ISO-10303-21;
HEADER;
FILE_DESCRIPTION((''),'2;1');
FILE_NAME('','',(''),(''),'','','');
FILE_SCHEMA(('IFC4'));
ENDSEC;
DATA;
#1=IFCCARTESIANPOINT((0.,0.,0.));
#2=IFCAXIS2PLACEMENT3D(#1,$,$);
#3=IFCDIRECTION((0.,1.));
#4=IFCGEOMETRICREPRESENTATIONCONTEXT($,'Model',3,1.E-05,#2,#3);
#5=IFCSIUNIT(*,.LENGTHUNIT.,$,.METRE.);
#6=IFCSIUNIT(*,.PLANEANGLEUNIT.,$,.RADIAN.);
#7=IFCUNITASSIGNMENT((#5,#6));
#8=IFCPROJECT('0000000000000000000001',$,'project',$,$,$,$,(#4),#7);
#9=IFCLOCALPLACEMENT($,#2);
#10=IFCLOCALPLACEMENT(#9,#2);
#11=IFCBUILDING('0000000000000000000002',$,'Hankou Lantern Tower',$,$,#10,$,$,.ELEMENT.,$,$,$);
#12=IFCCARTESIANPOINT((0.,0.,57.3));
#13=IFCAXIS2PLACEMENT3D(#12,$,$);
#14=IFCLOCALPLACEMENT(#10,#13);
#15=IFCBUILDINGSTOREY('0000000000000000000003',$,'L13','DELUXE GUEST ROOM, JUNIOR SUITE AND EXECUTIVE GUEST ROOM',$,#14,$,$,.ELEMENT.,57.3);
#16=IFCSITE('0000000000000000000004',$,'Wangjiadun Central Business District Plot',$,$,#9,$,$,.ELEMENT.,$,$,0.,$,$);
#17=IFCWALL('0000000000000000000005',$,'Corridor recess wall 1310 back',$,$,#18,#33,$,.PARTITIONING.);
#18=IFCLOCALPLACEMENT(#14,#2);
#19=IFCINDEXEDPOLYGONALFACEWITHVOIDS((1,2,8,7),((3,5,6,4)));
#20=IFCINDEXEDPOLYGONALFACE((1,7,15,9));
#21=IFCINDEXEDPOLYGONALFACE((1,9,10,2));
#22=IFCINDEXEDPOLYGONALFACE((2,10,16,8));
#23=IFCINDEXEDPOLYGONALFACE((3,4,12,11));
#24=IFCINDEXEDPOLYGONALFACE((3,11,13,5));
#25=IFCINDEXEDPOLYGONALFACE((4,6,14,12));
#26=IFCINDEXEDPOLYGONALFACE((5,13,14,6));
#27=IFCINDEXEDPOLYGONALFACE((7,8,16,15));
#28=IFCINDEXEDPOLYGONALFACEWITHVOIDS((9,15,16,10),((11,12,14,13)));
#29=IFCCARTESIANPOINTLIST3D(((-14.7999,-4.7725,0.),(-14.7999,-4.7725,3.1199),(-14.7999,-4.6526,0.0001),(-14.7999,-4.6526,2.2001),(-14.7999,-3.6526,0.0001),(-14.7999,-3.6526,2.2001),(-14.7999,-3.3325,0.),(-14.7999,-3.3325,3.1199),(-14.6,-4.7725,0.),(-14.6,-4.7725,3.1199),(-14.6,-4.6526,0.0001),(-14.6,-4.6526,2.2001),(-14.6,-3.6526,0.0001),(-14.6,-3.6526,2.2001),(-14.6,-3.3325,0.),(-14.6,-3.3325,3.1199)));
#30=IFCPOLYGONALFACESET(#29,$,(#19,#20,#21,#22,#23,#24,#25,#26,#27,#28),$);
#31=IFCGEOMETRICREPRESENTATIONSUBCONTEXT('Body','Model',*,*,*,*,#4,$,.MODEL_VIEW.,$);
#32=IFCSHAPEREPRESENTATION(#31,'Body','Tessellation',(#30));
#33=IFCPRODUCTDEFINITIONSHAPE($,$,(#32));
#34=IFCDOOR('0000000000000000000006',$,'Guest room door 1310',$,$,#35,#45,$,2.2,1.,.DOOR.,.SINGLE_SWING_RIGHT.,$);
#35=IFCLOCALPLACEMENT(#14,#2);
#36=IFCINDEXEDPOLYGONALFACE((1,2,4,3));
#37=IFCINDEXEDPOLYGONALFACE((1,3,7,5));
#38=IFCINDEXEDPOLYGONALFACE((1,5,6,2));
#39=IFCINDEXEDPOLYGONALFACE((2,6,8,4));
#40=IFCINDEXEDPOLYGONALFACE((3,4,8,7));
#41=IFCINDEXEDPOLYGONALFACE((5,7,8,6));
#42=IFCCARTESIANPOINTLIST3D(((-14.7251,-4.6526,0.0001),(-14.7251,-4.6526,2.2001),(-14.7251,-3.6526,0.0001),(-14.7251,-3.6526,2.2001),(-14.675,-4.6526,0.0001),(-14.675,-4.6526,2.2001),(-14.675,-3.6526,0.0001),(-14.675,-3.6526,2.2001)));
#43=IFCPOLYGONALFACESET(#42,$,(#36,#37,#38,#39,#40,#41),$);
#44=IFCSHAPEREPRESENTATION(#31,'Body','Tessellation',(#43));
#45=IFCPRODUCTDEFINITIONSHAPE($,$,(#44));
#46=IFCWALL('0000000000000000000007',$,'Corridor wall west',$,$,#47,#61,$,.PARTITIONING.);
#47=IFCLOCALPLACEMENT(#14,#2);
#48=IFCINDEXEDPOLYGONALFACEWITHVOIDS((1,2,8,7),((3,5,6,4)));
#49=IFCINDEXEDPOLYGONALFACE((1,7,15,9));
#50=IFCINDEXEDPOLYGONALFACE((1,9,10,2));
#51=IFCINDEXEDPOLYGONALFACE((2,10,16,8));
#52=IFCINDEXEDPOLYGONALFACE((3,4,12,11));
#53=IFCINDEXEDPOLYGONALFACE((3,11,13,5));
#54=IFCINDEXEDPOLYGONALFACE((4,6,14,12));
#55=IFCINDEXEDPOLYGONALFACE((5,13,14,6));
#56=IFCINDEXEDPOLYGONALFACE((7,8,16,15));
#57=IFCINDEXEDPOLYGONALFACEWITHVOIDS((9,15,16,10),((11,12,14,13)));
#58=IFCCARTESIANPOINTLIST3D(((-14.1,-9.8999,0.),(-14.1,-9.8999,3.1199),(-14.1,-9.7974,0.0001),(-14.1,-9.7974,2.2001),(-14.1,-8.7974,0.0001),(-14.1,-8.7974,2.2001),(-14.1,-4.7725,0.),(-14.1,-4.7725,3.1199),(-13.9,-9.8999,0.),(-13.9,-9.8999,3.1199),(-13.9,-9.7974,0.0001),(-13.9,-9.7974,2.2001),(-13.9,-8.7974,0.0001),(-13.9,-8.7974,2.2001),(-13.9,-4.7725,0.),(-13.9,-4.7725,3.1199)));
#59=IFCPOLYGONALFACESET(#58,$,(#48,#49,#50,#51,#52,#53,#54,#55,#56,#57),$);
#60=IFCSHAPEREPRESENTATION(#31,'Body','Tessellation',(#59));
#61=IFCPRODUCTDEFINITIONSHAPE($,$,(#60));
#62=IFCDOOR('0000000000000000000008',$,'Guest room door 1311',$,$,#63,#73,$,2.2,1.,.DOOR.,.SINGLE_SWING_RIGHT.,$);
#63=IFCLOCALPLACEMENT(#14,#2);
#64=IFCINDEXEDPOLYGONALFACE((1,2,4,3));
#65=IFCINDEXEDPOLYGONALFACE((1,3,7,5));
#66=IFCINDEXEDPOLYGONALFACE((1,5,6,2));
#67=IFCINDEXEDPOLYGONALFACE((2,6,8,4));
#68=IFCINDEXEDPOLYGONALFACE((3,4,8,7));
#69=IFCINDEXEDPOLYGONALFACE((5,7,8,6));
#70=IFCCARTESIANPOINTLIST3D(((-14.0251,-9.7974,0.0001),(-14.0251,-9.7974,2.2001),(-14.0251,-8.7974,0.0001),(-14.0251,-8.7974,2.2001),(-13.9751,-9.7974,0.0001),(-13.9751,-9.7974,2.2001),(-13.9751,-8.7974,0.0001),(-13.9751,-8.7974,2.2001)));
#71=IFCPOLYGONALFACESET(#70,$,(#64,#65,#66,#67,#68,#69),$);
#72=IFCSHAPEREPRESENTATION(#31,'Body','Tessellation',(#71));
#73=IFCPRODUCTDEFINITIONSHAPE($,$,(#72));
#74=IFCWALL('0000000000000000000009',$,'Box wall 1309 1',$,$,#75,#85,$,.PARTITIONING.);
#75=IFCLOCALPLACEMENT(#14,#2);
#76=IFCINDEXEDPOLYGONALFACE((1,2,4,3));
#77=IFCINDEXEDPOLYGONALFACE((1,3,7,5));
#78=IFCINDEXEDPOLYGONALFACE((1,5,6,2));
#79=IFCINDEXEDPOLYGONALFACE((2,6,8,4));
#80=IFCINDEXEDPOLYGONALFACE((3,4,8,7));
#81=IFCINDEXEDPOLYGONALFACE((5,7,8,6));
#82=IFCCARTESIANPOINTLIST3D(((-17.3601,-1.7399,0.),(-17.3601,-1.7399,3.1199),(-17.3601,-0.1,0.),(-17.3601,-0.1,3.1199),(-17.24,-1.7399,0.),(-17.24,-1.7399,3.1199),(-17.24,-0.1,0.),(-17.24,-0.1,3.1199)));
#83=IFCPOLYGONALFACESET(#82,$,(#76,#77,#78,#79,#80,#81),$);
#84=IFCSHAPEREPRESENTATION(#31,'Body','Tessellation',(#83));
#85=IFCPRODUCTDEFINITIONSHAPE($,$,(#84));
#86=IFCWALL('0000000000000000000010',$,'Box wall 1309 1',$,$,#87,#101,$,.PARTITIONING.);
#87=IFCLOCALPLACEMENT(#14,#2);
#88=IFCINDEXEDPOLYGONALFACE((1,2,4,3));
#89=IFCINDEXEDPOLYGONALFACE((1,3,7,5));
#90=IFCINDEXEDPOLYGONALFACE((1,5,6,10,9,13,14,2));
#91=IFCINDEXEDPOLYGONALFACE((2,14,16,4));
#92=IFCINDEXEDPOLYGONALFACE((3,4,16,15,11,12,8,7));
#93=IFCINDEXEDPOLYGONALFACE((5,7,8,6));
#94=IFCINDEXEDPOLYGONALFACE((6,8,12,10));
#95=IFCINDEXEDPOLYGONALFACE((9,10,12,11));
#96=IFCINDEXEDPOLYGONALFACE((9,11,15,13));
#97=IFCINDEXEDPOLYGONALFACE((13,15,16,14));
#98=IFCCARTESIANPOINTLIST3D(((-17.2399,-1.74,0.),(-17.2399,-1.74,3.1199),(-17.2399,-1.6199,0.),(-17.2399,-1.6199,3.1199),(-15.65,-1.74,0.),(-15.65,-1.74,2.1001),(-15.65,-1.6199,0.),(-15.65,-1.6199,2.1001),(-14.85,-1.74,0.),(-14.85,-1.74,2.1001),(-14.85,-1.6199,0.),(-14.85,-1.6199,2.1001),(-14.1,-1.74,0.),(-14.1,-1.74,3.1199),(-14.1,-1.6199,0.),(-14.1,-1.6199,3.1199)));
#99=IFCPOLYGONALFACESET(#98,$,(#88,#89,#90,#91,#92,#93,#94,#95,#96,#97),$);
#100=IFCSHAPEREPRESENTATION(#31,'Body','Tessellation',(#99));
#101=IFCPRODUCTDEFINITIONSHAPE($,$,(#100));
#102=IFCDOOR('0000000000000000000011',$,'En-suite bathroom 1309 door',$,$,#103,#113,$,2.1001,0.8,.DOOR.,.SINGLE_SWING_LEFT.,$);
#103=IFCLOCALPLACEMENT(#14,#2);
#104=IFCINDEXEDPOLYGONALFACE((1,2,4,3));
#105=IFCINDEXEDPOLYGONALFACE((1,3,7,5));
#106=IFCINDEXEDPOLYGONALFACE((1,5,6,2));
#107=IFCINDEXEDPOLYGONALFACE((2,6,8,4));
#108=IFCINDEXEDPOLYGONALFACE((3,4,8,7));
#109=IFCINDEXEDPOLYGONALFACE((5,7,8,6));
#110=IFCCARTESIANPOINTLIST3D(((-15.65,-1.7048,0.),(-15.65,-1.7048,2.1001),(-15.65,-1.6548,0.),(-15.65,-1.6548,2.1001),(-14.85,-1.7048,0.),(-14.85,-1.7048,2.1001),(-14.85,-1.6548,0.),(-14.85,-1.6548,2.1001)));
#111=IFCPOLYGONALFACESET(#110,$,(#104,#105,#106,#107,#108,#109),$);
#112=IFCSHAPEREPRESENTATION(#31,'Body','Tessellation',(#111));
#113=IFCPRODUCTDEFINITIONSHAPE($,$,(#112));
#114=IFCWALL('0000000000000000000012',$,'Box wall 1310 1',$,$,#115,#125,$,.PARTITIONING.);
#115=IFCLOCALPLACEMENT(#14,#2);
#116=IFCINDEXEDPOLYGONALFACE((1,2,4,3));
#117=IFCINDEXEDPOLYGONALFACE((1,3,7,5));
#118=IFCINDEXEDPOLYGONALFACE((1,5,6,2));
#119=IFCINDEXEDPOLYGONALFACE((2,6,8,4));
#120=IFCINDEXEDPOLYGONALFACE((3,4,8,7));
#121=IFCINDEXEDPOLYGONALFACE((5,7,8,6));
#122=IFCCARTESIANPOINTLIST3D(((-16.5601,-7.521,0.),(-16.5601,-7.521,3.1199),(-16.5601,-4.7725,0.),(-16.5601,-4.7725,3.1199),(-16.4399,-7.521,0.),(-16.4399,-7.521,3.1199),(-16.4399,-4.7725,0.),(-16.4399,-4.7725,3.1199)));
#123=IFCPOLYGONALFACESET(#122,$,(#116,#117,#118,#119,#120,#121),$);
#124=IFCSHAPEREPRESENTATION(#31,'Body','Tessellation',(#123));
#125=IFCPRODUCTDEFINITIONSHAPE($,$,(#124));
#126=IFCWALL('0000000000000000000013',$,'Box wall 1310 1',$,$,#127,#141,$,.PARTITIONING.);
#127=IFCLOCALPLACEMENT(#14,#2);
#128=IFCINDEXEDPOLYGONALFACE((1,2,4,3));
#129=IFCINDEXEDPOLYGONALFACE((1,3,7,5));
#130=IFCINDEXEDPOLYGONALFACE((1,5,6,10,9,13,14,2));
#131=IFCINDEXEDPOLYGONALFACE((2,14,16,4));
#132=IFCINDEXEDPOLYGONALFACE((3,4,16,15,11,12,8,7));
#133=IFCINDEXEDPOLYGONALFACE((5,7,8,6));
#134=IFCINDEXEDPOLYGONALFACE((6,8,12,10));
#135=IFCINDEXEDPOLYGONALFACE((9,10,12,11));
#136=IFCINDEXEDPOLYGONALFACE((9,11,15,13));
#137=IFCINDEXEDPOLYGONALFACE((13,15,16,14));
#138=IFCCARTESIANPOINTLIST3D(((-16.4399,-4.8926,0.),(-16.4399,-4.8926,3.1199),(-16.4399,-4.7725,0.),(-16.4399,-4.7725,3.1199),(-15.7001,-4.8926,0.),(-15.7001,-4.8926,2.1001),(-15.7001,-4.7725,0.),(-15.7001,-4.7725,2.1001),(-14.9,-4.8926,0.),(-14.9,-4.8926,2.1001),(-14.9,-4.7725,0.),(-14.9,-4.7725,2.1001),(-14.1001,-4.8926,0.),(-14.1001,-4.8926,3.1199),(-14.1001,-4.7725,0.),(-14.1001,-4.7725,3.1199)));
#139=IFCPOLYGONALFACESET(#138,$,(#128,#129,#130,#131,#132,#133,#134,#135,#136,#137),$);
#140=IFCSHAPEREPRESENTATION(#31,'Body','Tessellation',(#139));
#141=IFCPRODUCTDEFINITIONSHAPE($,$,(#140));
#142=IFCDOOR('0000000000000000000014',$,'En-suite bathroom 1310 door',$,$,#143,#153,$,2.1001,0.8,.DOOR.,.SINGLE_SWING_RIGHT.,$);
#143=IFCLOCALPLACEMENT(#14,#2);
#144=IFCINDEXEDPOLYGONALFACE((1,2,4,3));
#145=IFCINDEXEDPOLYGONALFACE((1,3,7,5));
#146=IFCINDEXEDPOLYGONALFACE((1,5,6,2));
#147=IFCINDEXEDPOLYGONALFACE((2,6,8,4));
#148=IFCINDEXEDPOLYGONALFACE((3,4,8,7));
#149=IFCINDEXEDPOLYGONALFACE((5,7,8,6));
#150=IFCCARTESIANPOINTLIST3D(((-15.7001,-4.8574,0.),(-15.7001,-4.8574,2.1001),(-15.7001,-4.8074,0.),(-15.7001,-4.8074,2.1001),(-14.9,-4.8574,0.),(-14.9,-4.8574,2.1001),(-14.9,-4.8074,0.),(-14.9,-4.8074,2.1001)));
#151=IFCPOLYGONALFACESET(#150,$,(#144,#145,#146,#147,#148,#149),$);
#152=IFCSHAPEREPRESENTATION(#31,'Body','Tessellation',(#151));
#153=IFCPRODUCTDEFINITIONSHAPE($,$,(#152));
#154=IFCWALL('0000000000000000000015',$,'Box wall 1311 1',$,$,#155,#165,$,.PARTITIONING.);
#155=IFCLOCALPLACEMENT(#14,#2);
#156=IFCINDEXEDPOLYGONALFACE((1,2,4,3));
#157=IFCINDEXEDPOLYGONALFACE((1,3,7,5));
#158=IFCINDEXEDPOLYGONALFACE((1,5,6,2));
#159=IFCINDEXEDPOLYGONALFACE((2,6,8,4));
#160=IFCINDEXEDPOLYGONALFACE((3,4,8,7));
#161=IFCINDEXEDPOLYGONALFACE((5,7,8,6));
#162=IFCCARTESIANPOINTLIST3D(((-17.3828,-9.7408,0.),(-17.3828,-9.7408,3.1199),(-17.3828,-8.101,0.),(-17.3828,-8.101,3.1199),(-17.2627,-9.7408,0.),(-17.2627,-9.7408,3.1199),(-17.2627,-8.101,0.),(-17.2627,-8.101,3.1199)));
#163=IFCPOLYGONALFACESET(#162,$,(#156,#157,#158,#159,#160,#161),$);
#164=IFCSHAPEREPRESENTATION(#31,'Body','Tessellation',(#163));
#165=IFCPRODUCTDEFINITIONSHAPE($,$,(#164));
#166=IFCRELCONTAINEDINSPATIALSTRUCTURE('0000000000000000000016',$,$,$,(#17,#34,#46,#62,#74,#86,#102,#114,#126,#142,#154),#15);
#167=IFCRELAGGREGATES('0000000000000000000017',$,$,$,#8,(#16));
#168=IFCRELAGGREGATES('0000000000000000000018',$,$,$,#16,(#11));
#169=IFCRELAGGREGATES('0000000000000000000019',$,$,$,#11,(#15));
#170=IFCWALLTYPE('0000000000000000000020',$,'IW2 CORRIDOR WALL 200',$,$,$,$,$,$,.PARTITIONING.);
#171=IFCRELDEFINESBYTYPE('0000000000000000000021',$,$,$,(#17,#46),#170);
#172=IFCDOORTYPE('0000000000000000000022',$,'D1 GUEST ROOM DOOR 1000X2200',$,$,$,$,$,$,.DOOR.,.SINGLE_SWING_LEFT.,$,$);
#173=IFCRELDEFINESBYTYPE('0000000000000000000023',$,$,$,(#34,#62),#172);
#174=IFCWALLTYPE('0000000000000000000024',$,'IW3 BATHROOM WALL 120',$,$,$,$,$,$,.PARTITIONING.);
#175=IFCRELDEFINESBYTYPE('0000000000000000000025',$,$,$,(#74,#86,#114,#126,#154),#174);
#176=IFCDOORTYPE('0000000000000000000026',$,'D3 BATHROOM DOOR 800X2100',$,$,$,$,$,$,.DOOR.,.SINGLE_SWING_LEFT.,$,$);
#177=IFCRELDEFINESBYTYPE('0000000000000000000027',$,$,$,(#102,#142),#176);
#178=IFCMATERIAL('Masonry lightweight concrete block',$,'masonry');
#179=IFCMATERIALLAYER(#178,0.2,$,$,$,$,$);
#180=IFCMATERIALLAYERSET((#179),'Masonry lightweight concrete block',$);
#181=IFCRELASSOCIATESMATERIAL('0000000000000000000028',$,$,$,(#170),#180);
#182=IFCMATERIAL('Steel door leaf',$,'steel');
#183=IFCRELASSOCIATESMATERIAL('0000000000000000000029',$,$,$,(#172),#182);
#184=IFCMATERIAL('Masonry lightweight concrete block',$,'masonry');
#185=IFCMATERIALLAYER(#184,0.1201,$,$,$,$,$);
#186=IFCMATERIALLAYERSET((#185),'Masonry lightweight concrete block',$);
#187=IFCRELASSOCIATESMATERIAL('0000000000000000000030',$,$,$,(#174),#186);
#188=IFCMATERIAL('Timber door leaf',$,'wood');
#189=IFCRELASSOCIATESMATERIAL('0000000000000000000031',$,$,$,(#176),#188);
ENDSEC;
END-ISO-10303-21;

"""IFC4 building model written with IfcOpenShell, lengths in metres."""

from ifc_helpers import new_model, si_unit, direction, frame, frame_2d, origin, place, context, subcontext, project, spatial, rectangle, extrude, material, layer, layer_set, type_object, element, fill, save


model = new_model("IFC4")

# Units and contexts
model_context = context("Model", 3, precision=1e-05, world=origin(), true_north=direction((0.0, 1.0)))
body_context = subcontext(model_context, "Body", "Model", "MODEL_VIEW")
ifc_project = project(units=[si_unit("LENGTHUNIT", "METRE"), si_unit("PLANEANGLEUNIT", "RADIAN")], contexts=[model_context])

# Site, building, storey
site_placement = place(None, origin())
site = spatial("IfcSite", under=ifc_project, at=site_placement, Name="Wangjiadun Central Business District Plot", CompositionType="ELEMENT", RefElevation=0.0)
building_placement = place(site_placement, origin())
building = spatial("IfcBuilding", under=site, at=building_placement, Name="Hankou Lantern Tower", CompositionType="ELEMENT")
storey_placement = place(building_placement, frame((0.0, 0.0, 57.3)))
storey = spatial("IfcBuildingStorey", under=building, at=storey_placement, Name="L13", Description="DELUXE GUEST ROOM, JUNIOR SUITE AND EXECUTIVE GUEST ROOM", CompositionType="ELEMENT", Elevation=57.3)

# Walls, openings, doors
ifc_material_1 = material(Name="Masonry lightweight concrete block", Category="masonry")
ifc_layer_1 = layer(ifc_material_1, 0.2)
ifc_layer_set_1 = layer_set([ifc_layer_1], Name="Masonry lightweight concrete block")
wall_type_1 = type_object("IfcWallType", Name="IW2 CORRIDOR WALL 200", PredefinedType="PARTITIONING", material=ifc_layer_set_1)
wall_1_placement = place(storey_placement, frame((-14.7, -3.3325, 0.0), z_axis=(0.0, 0.0, 1.0), x_axis=(0.0, -1.0, 0.0)))
wall_1 = element("IfcWall", 1, at=wall_1_placement, inside=storey, type_object=wall_type_1, Name="Corridor recess wall 1310 back", PredefinedType="PARTITIONING", context=body_context, shape_type="SweptSolid", body=[
    extrude(rectangle(XDim=1.4399, YDim=0.2, at=frame_2d((0.72, 0.0))), origin(), (0.0, 0.0, 1.0), 3.1199),
])
opening_1_placement = place(wall_1_placement, frame((0.3201, 0.0, 0.0)))
opening_1 = element("IfcOpeningElement", 2, at=opening_1_placement, cuts=wall_1, PredefinedType="OPENING", context=body_context, shape_type="SweptSolid", body=[
    extrude(rectangle(XDim=1.0, YDim=2.2, at=frame_2d((0.5, 1.1001))), frame((0.0, 0.1099, 0.0), z_axis=(0.0, -1.0, 0.0), x_axis=(1.0, 0.0, 0.0)), (0.0, 0.0, 1.0), 0.22),
])
ifc_material_2 = material(Name="Steel door leaf", Category="steel")
door_type_1 = type_object("IfcDoorType", Name="D1 GUEST ROOM DOOR 1000X2200", OperationType="SINGLE_SWING_LEFT", PredefinedType="DOOR", material=ifc_material_2)
door_1_placement = place(opening_1_placement, origin())
door_1 = element("IfcDoor", 3, at=door_1_placement, inside=storey, type_object=door_type_1, Name="Guest room door 1310", OperationType="SINGLE_SWING_RIGHT", OverallHeight=2.2, OverallWidth=1.0, PredefinedType="DOOR", context=body_context, shape_type="SweptSolid", body=[
    extrude(rectangle(XDim=1.0, YDim=2.2, at=frame_2d((0.5, 1.1001))), frame((0.0, 0.0249, 0.0), z_axis=(0.0, -1.0, 0.0), x_axis=(1.0, 0.0, 0.0)), (0.0, 0.0, 1.0), 0.05),
])
fill(opening_1, door_1)
wall_2_placement = place(storey_placement, frame((-14.0, -4.7725, 0.0), z_axis=(0.0, 0.0, 1.0), x_axis=(0.0, -1.0, 0.0)))
wall_2 = element("IfcWall", 4, at=wall_2_placement, inside=storey, type_object=wall_type_1, Name="Corridor wall west", PredefinedType="PARTITIONING", context=body_context, shape_type="SweptSolid", body=[
    extrude(rectangle(XDim=5.1274, YDim=0.2, at=frame_2d((2.5637, 0.0))), origin(), (0.0, 0.0, 1.0), 3.1199),
])
opening_2_placement = place(wall_2_placement, frame((4.0249, 0.0, 0.0)))
opening_2 = element("IfcOpeningElement", 5, at=opening_2_placement, cuts=wall_2, PredefinedType="OPENING", context=body_context, shape_type="SweptSolid", body=[
    extrude(rectangle(XDim=1.0, YDim=2.2, at=frame_2d((0.5, 1.1001))), frame((0.0, 0.1099, 0.0), z_axis=(0.0, -1.0, 0.0), x_axis=(1.0, 0.0, 0.0)), (0.0, 0.0, 1.0), 0.22),
])
door_2_placement = place(opening_2_placement, origin())
door_2 = element("IfcDoor", 6, at=door_2_placement, inside=storey, type_object=door_type_1, Name="Guest room door 1311", OperationType="SINGLE_SWING_RIGHT", OverallHeight=2.2, OverallWidth=1.0, PredefinedType="DOOR", context=body_context, shape_type="SweptSolid", body=[
    extrude(rectangle(XDim=1.0, YDim=2.2, at=frame_2d((0.5, 1.1001))), frame((0.0, 0.0249, 0.0), z_axis=(0.0, -1.0, 0.0), x_axis=(1.0, 0.0, 0.0)), (0.0, 0.0, 1.0), 0.05),
])
fill(opening_2, door_2)

# Wall
ifc_material_3 = material(Name="Masonry lightweight concrete block", Category="masonry")
ifc_layer_2 = layer(ifc_material_3, 0.1201)
ifc_layer_set_2 = layer_set([ifc_layer_2], Name="Masonry lightweight concrete block")
wall_type_2 = type_object("IfcWallType", Name="IW3 BATHROOM WALL 120", PredefinedType="PARTITIONING", material=ifc_layer_set_2)
wall_3_placement = place(storey_placement, frame((-17.3, -0.1001, 0.0), z_axis=(0.0, 0.0, 1.0), x_axis=(0.0, -1.0, 0.0)))
element("IfcWall", 7, at=wall_3_placement, inside=storey, type_object=wall_type_2, Name="Box wall 1309 1", PredefinedType="PARTITIONING", context=body_context, shape_type="SweptSolid", body=[
    extrude(rectangle(XDim=1.6399, YDim=0.1201, at=frame_2d((0.8198, 0.0))), origin(), (0.0, 0.0, 1.0), 3.1199),
])

# Wall, opening, door
wall_4_placement = place(storey_placement, frame((-14.1001, -1.6799, 0.0), z_axis=(0.0, 0.0, 1.0), x_axis=(-1.0, 0.0, 0.0)))
wall_4 = element("IfcWall", 8, at=wall_4_placement, inside=storey, type_object=wall_type_2, Name="Box wall 1309 1", PredefinedType="PARTITIONING", context=body_context, shape_type="SweptSolid", body=[
    extrude(rectangle(XDim=3.1399, YDim=0.1201, at=frame_2d((1.5698, 0.0))), origin(), (0.0, 0.0, 1.0), 3.1199),
])
opening_3_placement = place(wall_4_placement, frame((0.75, 0.0, 0.0)))
opening_3 = element("IfcOpeningElement", 9, at=opening_3_placement, cuts=wall_4, PredefinedType="OPENING", context=body_context, shape_type="SweptSolid", body=[
    extrude(rectangle(XDim=0.8, YDim=2.1001, at=frame_2d((0.3999, 1.05))), frame((0.0, 0.0701, 0.0), z_axis=(0.0, -1.0, 0.0), x_axis=(1.0, 0.0, 0.0)), (0.0, 0.0, 1.0), 0.1401),
])
ifc_material_4 = material(Name="Timber door leaf", Category="wood")
door_type_2 = type_object("IfcDoorType", Name="D3 BATHROOM DOOR 800X2100", OperationType="SINGLE_SWING_LEFT", PredefinedType="DOOR", material=ifc_material_4)
door_3_placement = place(opening_3_placement, origin())
door_3 = element("IfcDoor", 10, at=door_3_placement, inside=storey, type_object=door_type_2, Name="En-suite bathroom 1309 door", OperationType="SINGLE_SWING_LEFT", OverallHeight=2.1001, OverallWidth=0.8, PredefinedType="DOOR", context=body_context, shape_type="SweptSolid", body=[
    extrude(rectangle(XDim=0.8, YDim=2.1001, at=frame_2d((0.3999, 1.05))), frame((0.0, 0.0249, 0.0), z_axis=(0.0, -1.0, 0.0), x_axis=(1.0, 0.0, 0.0)), (0.0, 0.0, 1.0), 0.05),
])
fill(opening_3, door_3)

# Wall
wall_5_placement = place(storey_placement, frame((-16.5, -7.521, 0.0), z_axis=(0.0, 0.0, 1.0), x_axis=(0.0, 1.0, 0.0)))
element("IfcWall", 11, at=wall_5_placement, inside=storey, type_object=wall_type_2, Name="Box wall 1310 1", PredefinedType="PARTITIONING", context=body_context, shape_type="SweptSolid", body=[
    extrude(rectangle(XDim=2.7485, YDim=0.1201, at=frame_2d((1.3743, 0.0))), origin(), (0.0, 0.0, 1.0), 3.1199),
])

# Wall, opening, door
wall_6_placement = place(storey_placement, frame((-14.1001, -4.8325, 0.0), z_axis=(0.0, 0.0, 1.0), x_axis=(-1.0, 0.0, 0.0)))
wall_6 = element("IfcWall", 12, at=wall_6_placement, inside=storey, type_object=wall_type_2, Name="Box wall 1310 1", PredefinedType="PARTITIONING", context=body_context, shape_type="SweptSolid", body=[
    extrude(rectangle(XDim=2.3398, YDim=0.1201, at=frame_2d((1.1699, 0.0))), origin(), (0.0, 0.0, 1.0), 3.1199),
])
opening_4_placement = place(wall_6_placement, frame((0.8, 0.0, 0.0)))
opening_4 = element("IfcOpeningElement", 13, at=opening_4_placement, cuts=wall_6, PredefinedType="OPENING", context=body_context, shape_type="SweptSolid", body=[
    extrude(rectangle(XDim=0.8, YDim=2.1001, at=frame_2d((0.3999, 1.05))), frame((0.0, 0.0701, 0.0), z_axis=(0.0, -1.0, 0.0), x_axis=(1.0, 0.0, 0.0)), (0.0, 0.0, 1.0), 0.1401),
])
door_4_placement = place(opening_4_placement, origin())
door_4 = element("IfcDoor", 14, at=door_4_placement, inside=storey, type_object=door_type_2, Name="En-suite bathroom 1310 door", OperationType="SINGLE_SWING_RIGHT", OverallHeight=2.1001, OverallWidth=0.8, PredefinedType="DOOR", context=body_context, shape_type="SweptSolid", body=[
    extrude(rectangle(XDim=0.8, YDim=2.1001, at=frame_2d((0.3999, 1.05))), frame((0.0, 0.0249, 0.0), z_axis=(0.0, -1.0, 0.0), x_axis=(1.0, 0.0, 0.0)), (0.0, 0.0, 1.0), 0.05),
])
fill(opening_4, door_4)

# Wall
wall_7_placement = place(storey_placement, frame((-17.3228, -8.1011, 0.0), z_axis=(0.0, 0.0, 1.0), x_axis=(0.0, -1.0, 0.0)))
element("IfcWall", 15, at=wall_7_placement, inside=storey, type_object=wall_type_2, Name="Box wall 1311 1", PredefinedType="PARTITIONING", context=body_context, shape_type="SweptSolid", body=[
    extrude(rectangle(XDim=1.6399, YDim=0.1201, at=frame_2d((0.8198, 0.0))), origin(), (0.0, 0.0, 1.0), 3.1199),
])

save(model, "model.ifc")
